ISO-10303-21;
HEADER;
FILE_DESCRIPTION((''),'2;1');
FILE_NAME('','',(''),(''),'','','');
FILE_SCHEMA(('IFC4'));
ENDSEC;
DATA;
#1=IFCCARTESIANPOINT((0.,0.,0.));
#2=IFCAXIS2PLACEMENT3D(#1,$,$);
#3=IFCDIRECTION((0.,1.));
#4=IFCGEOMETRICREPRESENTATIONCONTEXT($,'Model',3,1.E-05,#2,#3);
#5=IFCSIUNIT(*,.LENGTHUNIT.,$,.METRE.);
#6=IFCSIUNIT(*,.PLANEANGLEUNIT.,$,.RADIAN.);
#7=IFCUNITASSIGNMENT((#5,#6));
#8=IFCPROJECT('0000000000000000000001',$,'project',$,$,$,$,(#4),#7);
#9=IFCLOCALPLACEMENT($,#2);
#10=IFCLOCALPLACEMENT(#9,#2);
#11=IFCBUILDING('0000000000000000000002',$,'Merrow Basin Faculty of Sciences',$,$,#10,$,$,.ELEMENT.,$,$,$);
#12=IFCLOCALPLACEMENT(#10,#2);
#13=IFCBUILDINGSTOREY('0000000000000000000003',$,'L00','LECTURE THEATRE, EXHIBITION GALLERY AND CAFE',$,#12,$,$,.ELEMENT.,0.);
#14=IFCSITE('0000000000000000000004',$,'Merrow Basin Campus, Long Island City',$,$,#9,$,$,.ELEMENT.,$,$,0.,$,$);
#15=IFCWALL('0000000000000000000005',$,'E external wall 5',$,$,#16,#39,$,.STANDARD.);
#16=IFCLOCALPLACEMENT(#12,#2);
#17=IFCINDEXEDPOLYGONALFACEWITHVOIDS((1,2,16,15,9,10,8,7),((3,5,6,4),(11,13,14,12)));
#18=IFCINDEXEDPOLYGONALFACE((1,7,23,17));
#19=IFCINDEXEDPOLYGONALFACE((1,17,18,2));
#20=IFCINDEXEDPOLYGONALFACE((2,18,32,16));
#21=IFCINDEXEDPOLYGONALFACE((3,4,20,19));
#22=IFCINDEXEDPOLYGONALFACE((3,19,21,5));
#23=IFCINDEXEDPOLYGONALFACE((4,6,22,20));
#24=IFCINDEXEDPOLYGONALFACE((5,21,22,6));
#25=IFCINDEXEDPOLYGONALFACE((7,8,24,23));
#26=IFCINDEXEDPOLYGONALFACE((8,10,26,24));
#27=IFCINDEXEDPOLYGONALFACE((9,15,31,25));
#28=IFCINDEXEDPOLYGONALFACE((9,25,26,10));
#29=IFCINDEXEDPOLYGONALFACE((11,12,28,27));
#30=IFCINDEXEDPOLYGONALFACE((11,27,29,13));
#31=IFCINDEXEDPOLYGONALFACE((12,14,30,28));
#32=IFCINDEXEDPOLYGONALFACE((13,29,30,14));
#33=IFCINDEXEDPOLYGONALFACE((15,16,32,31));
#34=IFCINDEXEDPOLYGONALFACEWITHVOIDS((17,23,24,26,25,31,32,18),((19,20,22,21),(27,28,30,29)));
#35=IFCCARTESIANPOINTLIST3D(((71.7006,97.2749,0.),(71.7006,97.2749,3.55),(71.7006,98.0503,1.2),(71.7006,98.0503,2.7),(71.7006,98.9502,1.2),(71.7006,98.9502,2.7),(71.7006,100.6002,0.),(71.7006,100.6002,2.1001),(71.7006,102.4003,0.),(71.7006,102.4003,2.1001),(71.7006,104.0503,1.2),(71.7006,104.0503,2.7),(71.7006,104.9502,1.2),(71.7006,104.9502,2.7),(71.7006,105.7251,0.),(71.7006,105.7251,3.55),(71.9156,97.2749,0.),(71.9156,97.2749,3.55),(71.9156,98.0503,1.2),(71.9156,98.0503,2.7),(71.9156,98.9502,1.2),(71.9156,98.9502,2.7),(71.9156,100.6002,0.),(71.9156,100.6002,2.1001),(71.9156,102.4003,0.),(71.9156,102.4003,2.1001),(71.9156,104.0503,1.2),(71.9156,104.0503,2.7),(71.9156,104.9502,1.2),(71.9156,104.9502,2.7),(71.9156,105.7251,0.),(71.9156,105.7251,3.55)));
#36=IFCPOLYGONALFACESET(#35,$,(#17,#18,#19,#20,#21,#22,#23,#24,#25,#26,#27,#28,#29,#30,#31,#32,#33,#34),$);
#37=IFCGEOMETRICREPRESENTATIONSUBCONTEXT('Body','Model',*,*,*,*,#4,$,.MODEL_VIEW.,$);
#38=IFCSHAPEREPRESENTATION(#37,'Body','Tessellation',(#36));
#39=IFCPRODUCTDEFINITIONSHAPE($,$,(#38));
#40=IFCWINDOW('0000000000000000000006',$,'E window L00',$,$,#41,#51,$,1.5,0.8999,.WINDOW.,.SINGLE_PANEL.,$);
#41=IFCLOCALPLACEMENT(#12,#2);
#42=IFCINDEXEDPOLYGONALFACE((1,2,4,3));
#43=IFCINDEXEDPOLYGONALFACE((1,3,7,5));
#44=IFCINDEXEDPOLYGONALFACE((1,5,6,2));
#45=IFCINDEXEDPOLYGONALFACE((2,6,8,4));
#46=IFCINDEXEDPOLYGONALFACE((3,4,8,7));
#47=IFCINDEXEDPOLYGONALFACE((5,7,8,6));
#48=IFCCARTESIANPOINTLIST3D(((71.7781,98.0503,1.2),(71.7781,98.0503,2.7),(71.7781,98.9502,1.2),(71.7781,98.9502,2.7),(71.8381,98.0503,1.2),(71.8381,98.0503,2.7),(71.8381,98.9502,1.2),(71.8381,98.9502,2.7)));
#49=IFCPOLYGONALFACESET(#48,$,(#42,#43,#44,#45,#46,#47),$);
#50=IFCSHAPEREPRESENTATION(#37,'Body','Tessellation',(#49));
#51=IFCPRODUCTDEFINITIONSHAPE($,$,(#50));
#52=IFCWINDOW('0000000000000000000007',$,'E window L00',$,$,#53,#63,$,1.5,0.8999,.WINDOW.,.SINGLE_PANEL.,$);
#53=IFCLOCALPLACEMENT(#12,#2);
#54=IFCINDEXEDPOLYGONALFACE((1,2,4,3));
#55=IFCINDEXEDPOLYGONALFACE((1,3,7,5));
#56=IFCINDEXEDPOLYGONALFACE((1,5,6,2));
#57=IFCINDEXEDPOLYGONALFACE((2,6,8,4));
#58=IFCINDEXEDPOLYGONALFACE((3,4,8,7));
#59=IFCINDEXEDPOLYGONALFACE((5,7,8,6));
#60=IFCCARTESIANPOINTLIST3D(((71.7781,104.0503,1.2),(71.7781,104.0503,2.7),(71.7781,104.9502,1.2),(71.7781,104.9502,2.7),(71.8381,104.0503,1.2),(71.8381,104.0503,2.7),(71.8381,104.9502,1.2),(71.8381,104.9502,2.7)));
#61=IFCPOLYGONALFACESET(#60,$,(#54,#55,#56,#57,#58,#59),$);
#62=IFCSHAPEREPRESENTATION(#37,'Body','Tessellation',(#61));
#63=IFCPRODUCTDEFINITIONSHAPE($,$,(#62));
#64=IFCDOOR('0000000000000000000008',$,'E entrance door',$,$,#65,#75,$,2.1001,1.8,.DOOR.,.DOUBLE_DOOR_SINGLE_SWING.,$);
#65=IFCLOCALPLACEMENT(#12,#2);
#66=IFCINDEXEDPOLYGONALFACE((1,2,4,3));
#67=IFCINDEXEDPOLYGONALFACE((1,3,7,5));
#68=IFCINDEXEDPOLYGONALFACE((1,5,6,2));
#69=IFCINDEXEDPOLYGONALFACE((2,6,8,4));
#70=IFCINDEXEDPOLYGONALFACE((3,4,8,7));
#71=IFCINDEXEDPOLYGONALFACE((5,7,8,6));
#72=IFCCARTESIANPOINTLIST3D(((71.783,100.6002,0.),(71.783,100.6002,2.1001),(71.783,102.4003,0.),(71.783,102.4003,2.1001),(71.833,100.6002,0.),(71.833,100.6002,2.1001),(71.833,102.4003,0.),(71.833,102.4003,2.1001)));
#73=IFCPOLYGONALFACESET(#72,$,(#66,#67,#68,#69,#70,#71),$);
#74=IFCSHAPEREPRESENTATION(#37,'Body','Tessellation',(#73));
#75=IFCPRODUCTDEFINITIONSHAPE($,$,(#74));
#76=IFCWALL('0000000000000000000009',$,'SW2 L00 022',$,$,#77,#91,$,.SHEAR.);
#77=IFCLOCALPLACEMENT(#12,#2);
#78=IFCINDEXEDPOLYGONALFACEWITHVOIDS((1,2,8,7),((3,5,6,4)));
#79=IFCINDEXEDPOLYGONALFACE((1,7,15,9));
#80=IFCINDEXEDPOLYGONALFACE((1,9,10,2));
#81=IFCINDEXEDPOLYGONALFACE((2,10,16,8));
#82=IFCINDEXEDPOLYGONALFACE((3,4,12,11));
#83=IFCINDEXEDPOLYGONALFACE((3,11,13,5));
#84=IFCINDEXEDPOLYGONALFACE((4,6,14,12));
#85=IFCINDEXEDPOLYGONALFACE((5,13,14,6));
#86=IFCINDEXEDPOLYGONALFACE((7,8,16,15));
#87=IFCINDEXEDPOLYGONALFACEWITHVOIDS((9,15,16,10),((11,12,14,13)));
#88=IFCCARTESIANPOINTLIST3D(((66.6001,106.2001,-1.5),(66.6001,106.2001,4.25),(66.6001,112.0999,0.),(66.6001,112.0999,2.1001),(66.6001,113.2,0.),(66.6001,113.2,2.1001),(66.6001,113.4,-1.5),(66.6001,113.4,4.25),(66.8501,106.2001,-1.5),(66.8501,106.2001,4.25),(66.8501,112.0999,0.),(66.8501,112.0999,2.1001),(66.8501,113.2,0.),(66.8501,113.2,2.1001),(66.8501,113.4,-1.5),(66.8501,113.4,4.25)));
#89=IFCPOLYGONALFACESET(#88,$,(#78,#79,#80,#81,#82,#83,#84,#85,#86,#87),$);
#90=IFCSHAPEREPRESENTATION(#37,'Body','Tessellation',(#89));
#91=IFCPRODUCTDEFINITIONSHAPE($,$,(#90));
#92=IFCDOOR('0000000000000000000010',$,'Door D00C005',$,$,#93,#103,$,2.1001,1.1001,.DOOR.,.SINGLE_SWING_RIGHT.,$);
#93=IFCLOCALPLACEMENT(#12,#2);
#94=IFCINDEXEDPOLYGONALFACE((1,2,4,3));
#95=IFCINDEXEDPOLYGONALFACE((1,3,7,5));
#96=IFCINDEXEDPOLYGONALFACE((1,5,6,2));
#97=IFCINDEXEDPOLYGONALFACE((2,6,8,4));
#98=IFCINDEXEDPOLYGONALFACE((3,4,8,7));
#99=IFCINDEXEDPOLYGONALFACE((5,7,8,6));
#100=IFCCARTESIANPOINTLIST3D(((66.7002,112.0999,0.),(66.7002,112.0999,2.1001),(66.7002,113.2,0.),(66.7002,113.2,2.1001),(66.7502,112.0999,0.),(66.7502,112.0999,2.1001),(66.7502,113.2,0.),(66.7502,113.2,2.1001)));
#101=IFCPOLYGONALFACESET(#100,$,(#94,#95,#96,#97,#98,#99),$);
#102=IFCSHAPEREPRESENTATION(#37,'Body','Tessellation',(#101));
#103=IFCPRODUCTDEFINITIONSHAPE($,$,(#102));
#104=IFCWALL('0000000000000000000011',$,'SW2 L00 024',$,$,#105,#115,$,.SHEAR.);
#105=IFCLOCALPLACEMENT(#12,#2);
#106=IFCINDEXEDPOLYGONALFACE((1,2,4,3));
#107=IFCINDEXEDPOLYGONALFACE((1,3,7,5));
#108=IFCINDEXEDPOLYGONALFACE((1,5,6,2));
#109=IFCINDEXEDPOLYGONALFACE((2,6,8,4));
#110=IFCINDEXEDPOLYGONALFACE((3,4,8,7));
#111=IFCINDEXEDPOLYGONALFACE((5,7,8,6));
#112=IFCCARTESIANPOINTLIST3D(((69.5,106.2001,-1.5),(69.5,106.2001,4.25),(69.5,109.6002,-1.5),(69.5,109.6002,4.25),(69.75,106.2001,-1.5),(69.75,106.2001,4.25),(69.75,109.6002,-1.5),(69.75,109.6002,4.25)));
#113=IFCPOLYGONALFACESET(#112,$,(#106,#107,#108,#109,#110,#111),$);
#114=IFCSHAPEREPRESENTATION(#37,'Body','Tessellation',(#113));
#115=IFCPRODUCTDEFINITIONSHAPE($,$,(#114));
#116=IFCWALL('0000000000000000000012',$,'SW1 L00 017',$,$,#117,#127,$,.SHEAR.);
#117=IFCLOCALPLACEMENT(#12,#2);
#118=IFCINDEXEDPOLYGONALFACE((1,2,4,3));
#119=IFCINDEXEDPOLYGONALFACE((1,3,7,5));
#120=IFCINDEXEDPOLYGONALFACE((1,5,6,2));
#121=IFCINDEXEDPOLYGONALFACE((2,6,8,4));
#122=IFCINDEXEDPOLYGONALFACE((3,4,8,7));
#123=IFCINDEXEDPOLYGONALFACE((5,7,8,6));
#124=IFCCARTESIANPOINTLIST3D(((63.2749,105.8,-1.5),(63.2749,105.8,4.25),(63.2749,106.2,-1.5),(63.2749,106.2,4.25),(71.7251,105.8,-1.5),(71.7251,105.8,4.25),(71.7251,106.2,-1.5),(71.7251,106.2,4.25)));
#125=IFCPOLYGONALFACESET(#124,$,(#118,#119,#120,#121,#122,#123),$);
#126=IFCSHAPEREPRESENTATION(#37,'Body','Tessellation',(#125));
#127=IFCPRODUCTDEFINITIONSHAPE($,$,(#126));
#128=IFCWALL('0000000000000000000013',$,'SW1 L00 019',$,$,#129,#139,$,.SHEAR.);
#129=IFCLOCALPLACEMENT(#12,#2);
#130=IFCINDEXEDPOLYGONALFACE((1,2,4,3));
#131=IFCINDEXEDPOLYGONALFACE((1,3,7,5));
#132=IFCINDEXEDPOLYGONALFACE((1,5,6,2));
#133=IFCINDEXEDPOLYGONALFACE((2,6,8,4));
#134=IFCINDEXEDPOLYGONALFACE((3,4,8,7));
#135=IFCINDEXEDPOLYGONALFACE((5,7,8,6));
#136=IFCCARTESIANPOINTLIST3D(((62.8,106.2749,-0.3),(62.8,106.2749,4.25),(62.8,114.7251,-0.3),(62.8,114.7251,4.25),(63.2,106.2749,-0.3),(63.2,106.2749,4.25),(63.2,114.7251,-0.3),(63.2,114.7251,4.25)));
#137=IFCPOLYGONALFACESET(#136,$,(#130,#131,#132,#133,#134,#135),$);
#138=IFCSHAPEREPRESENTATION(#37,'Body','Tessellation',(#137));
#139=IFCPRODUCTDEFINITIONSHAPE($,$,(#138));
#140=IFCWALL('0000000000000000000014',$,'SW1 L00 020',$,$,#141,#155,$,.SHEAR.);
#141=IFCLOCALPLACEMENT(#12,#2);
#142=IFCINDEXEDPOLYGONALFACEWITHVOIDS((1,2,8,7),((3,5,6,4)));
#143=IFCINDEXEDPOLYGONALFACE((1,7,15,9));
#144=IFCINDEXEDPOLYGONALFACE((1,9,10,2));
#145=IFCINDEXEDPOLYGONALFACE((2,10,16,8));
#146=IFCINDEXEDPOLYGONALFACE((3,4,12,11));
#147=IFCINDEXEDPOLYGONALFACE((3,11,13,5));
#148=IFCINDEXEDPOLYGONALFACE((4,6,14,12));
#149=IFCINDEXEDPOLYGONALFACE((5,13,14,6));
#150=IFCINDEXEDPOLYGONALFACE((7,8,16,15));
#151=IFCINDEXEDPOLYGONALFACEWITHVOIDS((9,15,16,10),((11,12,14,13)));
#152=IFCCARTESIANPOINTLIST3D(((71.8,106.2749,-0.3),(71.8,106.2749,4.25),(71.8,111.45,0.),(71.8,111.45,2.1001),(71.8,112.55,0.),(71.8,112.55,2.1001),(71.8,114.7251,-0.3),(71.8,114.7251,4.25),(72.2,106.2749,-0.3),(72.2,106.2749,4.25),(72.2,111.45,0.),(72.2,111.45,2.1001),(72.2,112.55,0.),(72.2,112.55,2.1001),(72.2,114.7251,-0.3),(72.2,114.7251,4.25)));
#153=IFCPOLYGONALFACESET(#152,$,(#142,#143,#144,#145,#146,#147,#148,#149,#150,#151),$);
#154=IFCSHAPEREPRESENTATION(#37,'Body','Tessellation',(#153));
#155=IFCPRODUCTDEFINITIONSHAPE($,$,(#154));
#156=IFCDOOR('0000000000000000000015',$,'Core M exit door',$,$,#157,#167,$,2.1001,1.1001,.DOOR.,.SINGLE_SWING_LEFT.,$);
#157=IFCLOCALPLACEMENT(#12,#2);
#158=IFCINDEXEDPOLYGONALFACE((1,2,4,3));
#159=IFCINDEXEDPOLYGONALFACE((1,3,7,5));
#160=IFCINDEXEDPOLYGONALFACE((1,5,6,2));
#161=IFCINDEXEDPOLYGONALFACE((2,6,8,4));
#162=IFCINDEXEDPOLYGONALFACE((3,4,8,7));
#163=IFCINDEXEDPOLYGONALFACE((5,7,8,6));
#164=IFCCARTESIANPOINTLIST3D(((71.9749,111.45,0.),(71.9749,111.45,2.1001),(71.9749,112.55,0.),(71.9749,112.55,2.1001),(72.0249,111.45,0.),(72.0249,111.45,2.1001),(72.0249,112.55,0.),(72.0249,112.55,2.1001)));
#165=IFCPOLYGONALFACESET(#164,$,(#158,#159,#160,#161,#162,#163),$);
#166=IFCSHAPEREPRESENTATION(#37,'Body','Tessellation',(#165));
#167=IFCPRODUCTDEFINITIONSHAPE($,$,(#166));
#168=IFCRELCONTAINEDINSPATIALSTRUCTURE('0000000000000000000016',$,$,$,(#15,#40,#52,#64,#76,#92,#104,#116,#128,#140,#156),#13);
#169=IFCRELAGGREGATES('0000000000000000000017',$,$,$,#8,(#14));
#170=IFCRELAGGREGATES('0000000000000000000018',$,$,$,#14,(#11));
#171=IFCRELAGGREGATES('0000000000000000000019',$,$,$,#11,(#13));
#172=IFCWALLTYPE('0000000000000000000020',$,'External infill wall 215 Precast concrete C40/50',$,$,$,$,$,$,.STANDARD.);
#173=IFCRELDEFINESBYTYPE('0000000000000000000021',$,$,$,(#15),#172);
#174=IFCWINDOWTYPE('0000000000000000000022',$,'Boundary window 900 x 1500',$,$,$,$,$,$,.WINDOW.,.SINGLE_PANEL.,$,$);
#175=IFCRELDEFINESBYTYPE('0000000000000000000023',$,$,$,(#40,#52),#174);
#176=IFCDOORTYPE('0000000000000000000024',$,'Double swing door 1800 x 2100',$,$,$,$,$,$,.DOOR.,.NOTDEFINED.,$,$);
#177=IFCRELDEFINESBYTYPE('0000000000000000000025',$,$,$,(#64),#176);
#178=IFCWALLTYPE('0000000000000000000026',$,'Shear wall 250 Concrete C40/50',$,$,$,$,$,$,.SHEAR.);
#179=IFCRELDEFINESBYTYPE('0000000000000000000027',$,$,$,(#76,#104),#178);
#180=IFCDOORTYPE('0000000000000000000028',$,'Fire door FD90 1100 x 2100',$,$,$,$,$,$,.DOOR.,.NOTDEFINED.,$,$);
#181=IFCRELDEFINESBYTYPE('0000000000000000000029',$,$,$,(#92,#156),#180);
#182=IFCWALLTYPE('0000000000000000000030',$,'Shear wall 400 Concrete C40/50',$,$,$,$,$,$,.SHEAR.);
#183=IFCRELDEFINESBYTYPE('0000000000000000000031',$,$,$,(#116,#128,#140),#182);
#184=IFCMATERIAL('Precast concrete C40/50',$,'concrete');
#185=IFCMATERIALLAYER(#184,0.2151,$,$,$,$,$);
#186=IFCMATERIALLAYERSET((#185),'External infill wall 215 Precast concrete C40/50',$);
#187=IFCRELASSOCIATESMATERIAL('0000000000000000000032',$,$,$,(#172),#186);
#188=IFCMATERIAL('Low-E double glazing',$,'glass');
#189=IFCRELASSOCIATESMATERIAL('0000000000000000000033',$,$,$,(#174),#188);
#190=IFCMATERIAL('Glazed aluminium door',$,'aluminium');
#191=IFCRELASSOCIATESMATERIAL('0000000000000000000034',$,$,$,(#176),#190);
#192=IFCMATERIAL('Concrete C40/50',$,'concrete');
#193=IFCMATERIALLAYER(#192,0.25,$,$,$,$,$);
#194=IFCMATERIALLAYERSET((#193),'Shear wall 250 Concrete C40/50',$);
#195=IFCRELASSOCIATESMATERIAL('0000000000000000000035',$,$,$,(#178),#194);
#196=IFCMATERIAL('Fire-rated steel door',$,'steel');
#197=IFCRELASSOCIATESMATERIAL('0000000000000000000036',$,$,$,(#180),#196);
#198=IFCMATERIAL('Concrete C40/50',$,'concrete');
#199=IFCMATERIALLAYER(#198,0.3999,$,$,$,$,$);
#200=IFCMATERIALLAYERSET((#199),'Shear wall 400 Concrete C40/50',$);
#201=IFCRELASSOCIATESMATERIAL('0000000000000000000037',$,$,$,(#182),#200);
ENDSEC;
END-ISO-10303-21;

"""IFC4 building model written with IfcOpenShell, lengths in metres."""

from ifc_helpers import new_model, si_unit, direction, frame, frame_2d, origin, place, context, subcontext, project, spatial, rectangle, extrude, material, layer, layer_set, type_object, element, fill, save


model = new_model("IFC4")

# Units and contexts
model_context = context("Model", 3, precision=1e-05, world=origin(), true_north=direction((0.0, 1.0)))
body_context = subcontext(model_context, "Body", "Model", "MODEL_VIEW")
ifc_project = project(units=[si_unit("LENGTHUNIT", "METRE"), si_unit("PLANEANGLEUNIT", "RADIAN")], contexts=[model_context])

# Site, building, storey
site_placement = place(None, origin())
site = spatial("IfcSite", under=ifc_project, at=site_placement, Name="Merrow Basin Campus, Long Island City", CompositionType="ELEMENT", RefElevation=0.0)
building_placement = place(site_placement, origin())
building = spatial("IfcBuilding", under=site, at=building_placement, Name="Merrow Basin Faculty of Sciences", CompositionType="ELEMENT")
storey_placement = place(building_placement, origin())
storey = spatial("IfcBuildingStorey", under=building, at=storey_placement, Name="L00", Description="LECTURE THEATRE, EXHIBITION GALLERY AND CAFE", CompositionType="ELEMENT", Elevation=0.0)

# Wall, openings, windows, door
ifc_material_1 = material(Name="Precast concrete C40/50", Category="concrete")
ifc_layer_1 = layer(ifc_material_1, 0.2151)
ifc_layer_set_1 = layer_set([ifc_layer_1], Name="External infill wall 215 Precast concrete C40/50")
wall_type_1 = type_object("IfcWallType", Name="External infill wall 215 Precast concrete C40/50", PredefinedType="STANDARD", material=ifc_layer_set_1)
wall_1_placement = place(storey_placement, frame((71.8081, 105.7251, 0.0), z_axis=(0.0, 0.0, 1.0), x_axis=(0.0, -1.0, 0.0)))
wall_1 = element("IfcWall", 1, at=wall_1_placement, inside=storey, type_object=wall_type_1, Name="E external wall 5", PredefinedType="STANDARD", context=body_context, shape_type="SweptSolid", body=[
    extrude(rectangle(XDim=8.4502, YDim=0.2151, at=frame_2d((4.2251, 0.0))), origin(), (0.0, 0.0, 1.0), 3.55),
])
opening_1_placement = place(wall_1_placement, frame((6.7749, 0.0, 1.2)))
opening_1 = element("IfcOpeningElement", 2, at=opening_1_placement, cuts=wall_1, PredefinedType="OPENING", context=body_context, shape_type="SweptSolid", body=[
    extrude(rectangle(XDim=0.8999, YDim=1.5, at=frame_2d((0.45, 0.75))), frame((0.0, 0.1174, 0.0), z_axis=(0.0, -1.0, 0.0), x_axis=(1.0, 0.0, 0.0)), (0.0, 0.0, 1.0), 0.2351),
])
opening_2_placement = place(wall_1_placement, frame((3.325, 0.0, 0.0)))
opening_2 = element("IfcOpeningElement", 3, at=opening_2_placement, cuts=wall_1, PredefinedType="OPENING", context=body_context, shape_type="SweptSolid", body=[
    extrude(rectangle(XDim=1.8, YDim=2.1001, at=frame_2d((0.8999, 1.05))), frame((0.0, 0.1174, 0.0), z_axis=(0.0, -1.0, 0.0), x_axis=(1.0, 0.0, 0.0)), (0.0, 0.0, 1.0), 0.2351),
])
opening_3_placement = place(wall_1_placement, frame((0.7749, 0.0, 1.2)))
opening_3 = element("IfcOpeningElement", 4, at=opening_3_placement, cuts=wall_1, PredefinedType="OPENING", context=body_context, shape_type="SweptSolid", body=[
    extrude(rectangle(XDim=0.8999, YDim=1.5, at=frame_2d((0.45, 0.75))), frame((0.0, 0.1174, 0.0), z_axis=(0.0, -1.0, 0.0), x_axis=(1.0, 0.0, 0.0)), (0.0, 0.0, 1.0), 0.2351),
])
ifc_material_2 = material(Name="Low-E double glazing", Category="glass")
window_type = type_object("IfcWindowType", Name="Boundary window 900 x 1500", PartitioningType="SINGLE_PANEL", PredefinedType="WINDOW", material=ifc_material_2)
window_1_placement = place(opening_1_placement, origin())
window_1 = element("IfcWindow", 5, at=window_1_placement, inside=storey, type_object=window_type, Name="E window L00", OverallHeight=1.5, OverallWidth=0.8999, PartitioningType="SINGLE_PANEL", PredefinedType="WINDOW", context=body_context, shape_type="SweptSolid", body=[
    extrude(rectangle(XDim=0.8999, YDim=1.5, at=frame_2d((0.45, 0.75))), frame((0.0, 0.03, 0.0), z_axis=(0.0, -1.0, 0.0), x_axis=(1.0, 0.0, 0.0)), (0.0, 0.0, 1.0), 0.0601),
])
fill(opening_1, window_1)
window_2_placement = place(opening_3_placement, origin())
window_2 = element("IfcWindow", 6, at=window_2_placement, inside=storey, type_object=window_type, Name="E window L00", OverallHeight=1.5, OverallWidth=0.8999, PartitioningType="SINGLE_PANEL", PredefinedType="WINDOW", context=body_context, shape_type="SweptSolid", body=[
    extrude(rectangle(XDim=0.8999, YDim=1.5, at=frame_2d((0.45, 0.75))), frame((0.0, 0.03, 0.0), z_axis=(0.0, -1.0, 0.0), x_axis=(1.0, 0.0, 0.0)), (0.0, 0.0, 1.0), 0.0601),
])
fill(opening_3, window_2)
ifc_material_3 = material(Name="Glazed aluminium door", Category="aluminium")
door_type_1 = type_object("IfcDoorType", Name="Double swing door 1800 x 2100", OperationType="NOTDEFINED", PredefinedType="DOOR", material=ifc_material_3)
door_1_placement = place(opening_2_placement, origin())
door_1 = element("IfcDoor", 7, at=door_1_placement, inside=storey, type_object=door_type_1, Name="E entrance door", OperationType="DOUBLE_DOOR_SINGLE_SWING", OverallHeight=2.1001, OverallWidth=1.8, PredefinedType="DOOR", context=body_context, shape_type="SweptSolid", body=[
    extrude(rectangle(XDim=1.8, YDim=2.1001, at=frame_2d((0.8999, 1.05))), frame((0.0, 0.0249, 0.0), z_axis=(0.0, -1.0, 0.0), x_axis=(1.0, 0.0, 0.0)), (0.0, 0.0, 1.0), 0.05),
])
fill(opening_2, door_1)

# Wall, opening, door
ifc_material_4 = material(Name="Concrete C40/50", Category="concrete")
ifc_layer_2 = layer(ifc_material_4, 0.25)
ifc_layer_set_2 = layer_set([ifc_layer_2], Name="Shear wall 250 Concrete C40/50")
wall_type_2 = type_object("IfcWallType", Name="Shear wall 250 Concrete C40/50", PredefinedType="SHEAR", material=ifc_layer_set_2)
wall_2_placement = place(storey_placement, frame((66.7251, 106.2, -1.5), z_axis=(0.0, 0.0, 1.0), x_axis=(0.0, 1.0, 0.0)))
wall_2 = element("IfcWall", 8, at=wall_2_placement, inside=storey, type_object=wall_type_2, Name="SW2 L00 022", PredefinedType="SHEAR", context=body_context, shape_type="SweptSolid", body=[
    extrude(rectangle(XDim=7.2, YDim=0.25, at=frame_2d((3.6001, 0.0))), origin(), (0.0, 0.0, 1.0), 5.75),
])
opening_4_placement = place(wall_2_placement, frame((5.8999, 0.0, 1.5)))
opening_4 = element("IfcOpeningElement", 9, at=opening_4_placement, cuts=wall_2, PredefinedType="OPENING", context=body_context, shape_type="SweptSolid", body=[
    extrude(rectangle(XDim=1.1001, YDim=2.1001, at=frame_2d((0.55, 1.05))), frame((0.0, 0.135, 0.0), z_axis=(0.0, -1.0, 0.0), x_axis=(1.0, 0.0, 0.0)), (0.0, 0.0, 1.0), 0.27),
])
ifc_material_5 = material(Name="Fire-rated steel door", Category="steel")
door_type_2 = type_object("IfcDoorType", Name="Fire door FD90 1100 x 2100", OperationType="NOTDEFINED", PredefinedType="DOOR", material=ifc_material_5)
door_2_placement = place(opening_4_placement, origin())
door_2 = element("IfcDoor", 10, at=door_2_placement, inside=storey, type_object=door_type_2, Name="Door D00C005", OperationType="SINGLE_SWING_RIGHT", OverallHeight=2.1001, OverallWidth=1.1001, PredefinedType="DOOR", context=body_context, shape_type="SweptSolid", body=[
    extrude(rectangle(XDim=1.1001, YDim=2.1001, at=frame_2d((0.55, 1.05))), frame((0.0, 0.0249, 0.0), z_axis=(0.0, -1.0, 0.0), x_axis=(1.0, 0.0, 0.0)), (0.0, 0.0, 1.0), 0.05),
])
fill(opening_4, door_2)

# Walls
wall_3_placement = place(storey_placement, frame((69.625, 106.2, -1.5), z_axis=(0.0, 0.0, 1.0), x_axis=(0.0, 1.0, 0.0)))
element("IfcWall", 11, at=wall_3_placement, inside=storey, type_object=wall_type_2, Name="SW2 L00 024", PredefinedType="SHEAR", context=body_context, shape_type="SweptSolid", body=[
    extrude(rectangle(XDim=3.4001, YDim=0.25, at=frame_2d((1.7002, 0.0))), origin(), (0.0, 0.0, 1.0), 5.75),
])
ifc_material_6 = material(Name="Concrete C40/50", Category="concrete")
ifc_layer_3 = layer(ifc_material_6, 0.3999)
ifc_layer_set_3 = layer_set([ifc_layer_3], Name="Shear wall 400 Concrete C40/50")
wall_type_3 = type_object("IfcWallType", Name="Shear wall 400 Concrete C40/50", PredefinedType="SHEAR", material=ifc_layer_set_3)
wall_4_placement = place(storey_placement, frame((63.2749, 106.0, -1.5), z_axis=(0.0, 0.0, 1.0), x_axis=(1.0, 0.0, 0.0)))
element("IfcWall", 12, at=wall_4_placement, inside=storey, type_object=wall_type_3, Name="SW1 L00 017", PredefinedType="SHEAR", context=body_context, shape_type="SweptSolid", body=[
    extrude(rectangle(XDim=8.4502, YDim=0.3999, at=frame_2d((4.2251, 0.0))), origin(), (0.0, 0.0, 1.0), 5.75),
])
wall_5_placement = place(storey_placement, frame((63.0, 106.2749, -0.3), z_axis=(0.0, 0.0, 1.0), x_axis=(0.0, 1.0, 0.0)))
element("IfcWall", 13, at=wall_5_placement, inside=storey, type_object=wall_type_3, Name="SW1 L00 019", PredefinedType="SHEAR", context=body_context, shape_type="SweptSolid", body=[
    extrude(rectangle(XDim=8.4502, YDim=0.3999, at=frame_2d((4.2251, 0.0))), origin(), (0.0, 0.0, 1.0), 4.55),
])

# Wall, opening, door
wall_6_placement = place(storey_placement, frame((72.0, 106.2749, -0.3), z_axis=(0.0, 0.0, 1.0), x_axis=(0.0, 1.0, 0.0)))
wall_6 = element("IfcWall", 14, at=wall_6_placement, inside=storey, type_object=wall_type_3, Name="SW1 L00 020", PredefinedType="SHEAR", context=body_context, shape_type="SweptSolid", body=[
    extrude(rectangle(XDim=8.4502, YDim=0.3999, at=frame_2d((4.2251, 0.0))), origin(), (0.0, 0.0, 1.0), 4.55),
])
opening_5_placement = place(wall_6_placement, frame((5.175, 0.0, 0.3)))
opening_5 = element("IfcOpeningElement", 15, at=opening_5_placement, cuts=wall_6, PredefinedType="OPENING", context=body_context, shape_type="SweptSolid", body=[
    extrude(rectangle(XDim=1.1001, YDim=2.1001, at=frame_2d((0.55, 1.05))), frame((0.0, 0.21, 0.0), z_axis=(0.0, -1.0, 0.0), x_axis=(1.0, 0.0, 0.0)), (0.0, 0.0, 1.0), 0.4199),
])
door_3_placement = place(opening_5_placement, frame((1.1001, 0.0, 0.0), z_axis=(0.0, 0.0, 1.0), x_axis=(-1.0, 0.0, 0.0)))
door_3 = element("IfcDoor", 16, at=door_3_placement, inside=storey, type_object=door_type_2, Name="Core M exit door", OperationType="SINGLE_SWING_LEFT", OverallHeight=2.1001, OverallWidth=1.1001, PredefinedType="DOOR", context=body_context, shape_type="SweptSolid", body=[
    extrude(rectangle(XDim=1.1001, YDim=2.1001, at=frame_2d((0.55, 1.05))), frame((0.0, 0.0249, 0.0), z_axis=(0.0, -1.0, 0.0), x_axis=(1.0, 0.0, 0.0)), (0.0, 0.0, 1.0), 0.05),
])
fill(opening_5, door_3)

save(model, "model.ifc")
